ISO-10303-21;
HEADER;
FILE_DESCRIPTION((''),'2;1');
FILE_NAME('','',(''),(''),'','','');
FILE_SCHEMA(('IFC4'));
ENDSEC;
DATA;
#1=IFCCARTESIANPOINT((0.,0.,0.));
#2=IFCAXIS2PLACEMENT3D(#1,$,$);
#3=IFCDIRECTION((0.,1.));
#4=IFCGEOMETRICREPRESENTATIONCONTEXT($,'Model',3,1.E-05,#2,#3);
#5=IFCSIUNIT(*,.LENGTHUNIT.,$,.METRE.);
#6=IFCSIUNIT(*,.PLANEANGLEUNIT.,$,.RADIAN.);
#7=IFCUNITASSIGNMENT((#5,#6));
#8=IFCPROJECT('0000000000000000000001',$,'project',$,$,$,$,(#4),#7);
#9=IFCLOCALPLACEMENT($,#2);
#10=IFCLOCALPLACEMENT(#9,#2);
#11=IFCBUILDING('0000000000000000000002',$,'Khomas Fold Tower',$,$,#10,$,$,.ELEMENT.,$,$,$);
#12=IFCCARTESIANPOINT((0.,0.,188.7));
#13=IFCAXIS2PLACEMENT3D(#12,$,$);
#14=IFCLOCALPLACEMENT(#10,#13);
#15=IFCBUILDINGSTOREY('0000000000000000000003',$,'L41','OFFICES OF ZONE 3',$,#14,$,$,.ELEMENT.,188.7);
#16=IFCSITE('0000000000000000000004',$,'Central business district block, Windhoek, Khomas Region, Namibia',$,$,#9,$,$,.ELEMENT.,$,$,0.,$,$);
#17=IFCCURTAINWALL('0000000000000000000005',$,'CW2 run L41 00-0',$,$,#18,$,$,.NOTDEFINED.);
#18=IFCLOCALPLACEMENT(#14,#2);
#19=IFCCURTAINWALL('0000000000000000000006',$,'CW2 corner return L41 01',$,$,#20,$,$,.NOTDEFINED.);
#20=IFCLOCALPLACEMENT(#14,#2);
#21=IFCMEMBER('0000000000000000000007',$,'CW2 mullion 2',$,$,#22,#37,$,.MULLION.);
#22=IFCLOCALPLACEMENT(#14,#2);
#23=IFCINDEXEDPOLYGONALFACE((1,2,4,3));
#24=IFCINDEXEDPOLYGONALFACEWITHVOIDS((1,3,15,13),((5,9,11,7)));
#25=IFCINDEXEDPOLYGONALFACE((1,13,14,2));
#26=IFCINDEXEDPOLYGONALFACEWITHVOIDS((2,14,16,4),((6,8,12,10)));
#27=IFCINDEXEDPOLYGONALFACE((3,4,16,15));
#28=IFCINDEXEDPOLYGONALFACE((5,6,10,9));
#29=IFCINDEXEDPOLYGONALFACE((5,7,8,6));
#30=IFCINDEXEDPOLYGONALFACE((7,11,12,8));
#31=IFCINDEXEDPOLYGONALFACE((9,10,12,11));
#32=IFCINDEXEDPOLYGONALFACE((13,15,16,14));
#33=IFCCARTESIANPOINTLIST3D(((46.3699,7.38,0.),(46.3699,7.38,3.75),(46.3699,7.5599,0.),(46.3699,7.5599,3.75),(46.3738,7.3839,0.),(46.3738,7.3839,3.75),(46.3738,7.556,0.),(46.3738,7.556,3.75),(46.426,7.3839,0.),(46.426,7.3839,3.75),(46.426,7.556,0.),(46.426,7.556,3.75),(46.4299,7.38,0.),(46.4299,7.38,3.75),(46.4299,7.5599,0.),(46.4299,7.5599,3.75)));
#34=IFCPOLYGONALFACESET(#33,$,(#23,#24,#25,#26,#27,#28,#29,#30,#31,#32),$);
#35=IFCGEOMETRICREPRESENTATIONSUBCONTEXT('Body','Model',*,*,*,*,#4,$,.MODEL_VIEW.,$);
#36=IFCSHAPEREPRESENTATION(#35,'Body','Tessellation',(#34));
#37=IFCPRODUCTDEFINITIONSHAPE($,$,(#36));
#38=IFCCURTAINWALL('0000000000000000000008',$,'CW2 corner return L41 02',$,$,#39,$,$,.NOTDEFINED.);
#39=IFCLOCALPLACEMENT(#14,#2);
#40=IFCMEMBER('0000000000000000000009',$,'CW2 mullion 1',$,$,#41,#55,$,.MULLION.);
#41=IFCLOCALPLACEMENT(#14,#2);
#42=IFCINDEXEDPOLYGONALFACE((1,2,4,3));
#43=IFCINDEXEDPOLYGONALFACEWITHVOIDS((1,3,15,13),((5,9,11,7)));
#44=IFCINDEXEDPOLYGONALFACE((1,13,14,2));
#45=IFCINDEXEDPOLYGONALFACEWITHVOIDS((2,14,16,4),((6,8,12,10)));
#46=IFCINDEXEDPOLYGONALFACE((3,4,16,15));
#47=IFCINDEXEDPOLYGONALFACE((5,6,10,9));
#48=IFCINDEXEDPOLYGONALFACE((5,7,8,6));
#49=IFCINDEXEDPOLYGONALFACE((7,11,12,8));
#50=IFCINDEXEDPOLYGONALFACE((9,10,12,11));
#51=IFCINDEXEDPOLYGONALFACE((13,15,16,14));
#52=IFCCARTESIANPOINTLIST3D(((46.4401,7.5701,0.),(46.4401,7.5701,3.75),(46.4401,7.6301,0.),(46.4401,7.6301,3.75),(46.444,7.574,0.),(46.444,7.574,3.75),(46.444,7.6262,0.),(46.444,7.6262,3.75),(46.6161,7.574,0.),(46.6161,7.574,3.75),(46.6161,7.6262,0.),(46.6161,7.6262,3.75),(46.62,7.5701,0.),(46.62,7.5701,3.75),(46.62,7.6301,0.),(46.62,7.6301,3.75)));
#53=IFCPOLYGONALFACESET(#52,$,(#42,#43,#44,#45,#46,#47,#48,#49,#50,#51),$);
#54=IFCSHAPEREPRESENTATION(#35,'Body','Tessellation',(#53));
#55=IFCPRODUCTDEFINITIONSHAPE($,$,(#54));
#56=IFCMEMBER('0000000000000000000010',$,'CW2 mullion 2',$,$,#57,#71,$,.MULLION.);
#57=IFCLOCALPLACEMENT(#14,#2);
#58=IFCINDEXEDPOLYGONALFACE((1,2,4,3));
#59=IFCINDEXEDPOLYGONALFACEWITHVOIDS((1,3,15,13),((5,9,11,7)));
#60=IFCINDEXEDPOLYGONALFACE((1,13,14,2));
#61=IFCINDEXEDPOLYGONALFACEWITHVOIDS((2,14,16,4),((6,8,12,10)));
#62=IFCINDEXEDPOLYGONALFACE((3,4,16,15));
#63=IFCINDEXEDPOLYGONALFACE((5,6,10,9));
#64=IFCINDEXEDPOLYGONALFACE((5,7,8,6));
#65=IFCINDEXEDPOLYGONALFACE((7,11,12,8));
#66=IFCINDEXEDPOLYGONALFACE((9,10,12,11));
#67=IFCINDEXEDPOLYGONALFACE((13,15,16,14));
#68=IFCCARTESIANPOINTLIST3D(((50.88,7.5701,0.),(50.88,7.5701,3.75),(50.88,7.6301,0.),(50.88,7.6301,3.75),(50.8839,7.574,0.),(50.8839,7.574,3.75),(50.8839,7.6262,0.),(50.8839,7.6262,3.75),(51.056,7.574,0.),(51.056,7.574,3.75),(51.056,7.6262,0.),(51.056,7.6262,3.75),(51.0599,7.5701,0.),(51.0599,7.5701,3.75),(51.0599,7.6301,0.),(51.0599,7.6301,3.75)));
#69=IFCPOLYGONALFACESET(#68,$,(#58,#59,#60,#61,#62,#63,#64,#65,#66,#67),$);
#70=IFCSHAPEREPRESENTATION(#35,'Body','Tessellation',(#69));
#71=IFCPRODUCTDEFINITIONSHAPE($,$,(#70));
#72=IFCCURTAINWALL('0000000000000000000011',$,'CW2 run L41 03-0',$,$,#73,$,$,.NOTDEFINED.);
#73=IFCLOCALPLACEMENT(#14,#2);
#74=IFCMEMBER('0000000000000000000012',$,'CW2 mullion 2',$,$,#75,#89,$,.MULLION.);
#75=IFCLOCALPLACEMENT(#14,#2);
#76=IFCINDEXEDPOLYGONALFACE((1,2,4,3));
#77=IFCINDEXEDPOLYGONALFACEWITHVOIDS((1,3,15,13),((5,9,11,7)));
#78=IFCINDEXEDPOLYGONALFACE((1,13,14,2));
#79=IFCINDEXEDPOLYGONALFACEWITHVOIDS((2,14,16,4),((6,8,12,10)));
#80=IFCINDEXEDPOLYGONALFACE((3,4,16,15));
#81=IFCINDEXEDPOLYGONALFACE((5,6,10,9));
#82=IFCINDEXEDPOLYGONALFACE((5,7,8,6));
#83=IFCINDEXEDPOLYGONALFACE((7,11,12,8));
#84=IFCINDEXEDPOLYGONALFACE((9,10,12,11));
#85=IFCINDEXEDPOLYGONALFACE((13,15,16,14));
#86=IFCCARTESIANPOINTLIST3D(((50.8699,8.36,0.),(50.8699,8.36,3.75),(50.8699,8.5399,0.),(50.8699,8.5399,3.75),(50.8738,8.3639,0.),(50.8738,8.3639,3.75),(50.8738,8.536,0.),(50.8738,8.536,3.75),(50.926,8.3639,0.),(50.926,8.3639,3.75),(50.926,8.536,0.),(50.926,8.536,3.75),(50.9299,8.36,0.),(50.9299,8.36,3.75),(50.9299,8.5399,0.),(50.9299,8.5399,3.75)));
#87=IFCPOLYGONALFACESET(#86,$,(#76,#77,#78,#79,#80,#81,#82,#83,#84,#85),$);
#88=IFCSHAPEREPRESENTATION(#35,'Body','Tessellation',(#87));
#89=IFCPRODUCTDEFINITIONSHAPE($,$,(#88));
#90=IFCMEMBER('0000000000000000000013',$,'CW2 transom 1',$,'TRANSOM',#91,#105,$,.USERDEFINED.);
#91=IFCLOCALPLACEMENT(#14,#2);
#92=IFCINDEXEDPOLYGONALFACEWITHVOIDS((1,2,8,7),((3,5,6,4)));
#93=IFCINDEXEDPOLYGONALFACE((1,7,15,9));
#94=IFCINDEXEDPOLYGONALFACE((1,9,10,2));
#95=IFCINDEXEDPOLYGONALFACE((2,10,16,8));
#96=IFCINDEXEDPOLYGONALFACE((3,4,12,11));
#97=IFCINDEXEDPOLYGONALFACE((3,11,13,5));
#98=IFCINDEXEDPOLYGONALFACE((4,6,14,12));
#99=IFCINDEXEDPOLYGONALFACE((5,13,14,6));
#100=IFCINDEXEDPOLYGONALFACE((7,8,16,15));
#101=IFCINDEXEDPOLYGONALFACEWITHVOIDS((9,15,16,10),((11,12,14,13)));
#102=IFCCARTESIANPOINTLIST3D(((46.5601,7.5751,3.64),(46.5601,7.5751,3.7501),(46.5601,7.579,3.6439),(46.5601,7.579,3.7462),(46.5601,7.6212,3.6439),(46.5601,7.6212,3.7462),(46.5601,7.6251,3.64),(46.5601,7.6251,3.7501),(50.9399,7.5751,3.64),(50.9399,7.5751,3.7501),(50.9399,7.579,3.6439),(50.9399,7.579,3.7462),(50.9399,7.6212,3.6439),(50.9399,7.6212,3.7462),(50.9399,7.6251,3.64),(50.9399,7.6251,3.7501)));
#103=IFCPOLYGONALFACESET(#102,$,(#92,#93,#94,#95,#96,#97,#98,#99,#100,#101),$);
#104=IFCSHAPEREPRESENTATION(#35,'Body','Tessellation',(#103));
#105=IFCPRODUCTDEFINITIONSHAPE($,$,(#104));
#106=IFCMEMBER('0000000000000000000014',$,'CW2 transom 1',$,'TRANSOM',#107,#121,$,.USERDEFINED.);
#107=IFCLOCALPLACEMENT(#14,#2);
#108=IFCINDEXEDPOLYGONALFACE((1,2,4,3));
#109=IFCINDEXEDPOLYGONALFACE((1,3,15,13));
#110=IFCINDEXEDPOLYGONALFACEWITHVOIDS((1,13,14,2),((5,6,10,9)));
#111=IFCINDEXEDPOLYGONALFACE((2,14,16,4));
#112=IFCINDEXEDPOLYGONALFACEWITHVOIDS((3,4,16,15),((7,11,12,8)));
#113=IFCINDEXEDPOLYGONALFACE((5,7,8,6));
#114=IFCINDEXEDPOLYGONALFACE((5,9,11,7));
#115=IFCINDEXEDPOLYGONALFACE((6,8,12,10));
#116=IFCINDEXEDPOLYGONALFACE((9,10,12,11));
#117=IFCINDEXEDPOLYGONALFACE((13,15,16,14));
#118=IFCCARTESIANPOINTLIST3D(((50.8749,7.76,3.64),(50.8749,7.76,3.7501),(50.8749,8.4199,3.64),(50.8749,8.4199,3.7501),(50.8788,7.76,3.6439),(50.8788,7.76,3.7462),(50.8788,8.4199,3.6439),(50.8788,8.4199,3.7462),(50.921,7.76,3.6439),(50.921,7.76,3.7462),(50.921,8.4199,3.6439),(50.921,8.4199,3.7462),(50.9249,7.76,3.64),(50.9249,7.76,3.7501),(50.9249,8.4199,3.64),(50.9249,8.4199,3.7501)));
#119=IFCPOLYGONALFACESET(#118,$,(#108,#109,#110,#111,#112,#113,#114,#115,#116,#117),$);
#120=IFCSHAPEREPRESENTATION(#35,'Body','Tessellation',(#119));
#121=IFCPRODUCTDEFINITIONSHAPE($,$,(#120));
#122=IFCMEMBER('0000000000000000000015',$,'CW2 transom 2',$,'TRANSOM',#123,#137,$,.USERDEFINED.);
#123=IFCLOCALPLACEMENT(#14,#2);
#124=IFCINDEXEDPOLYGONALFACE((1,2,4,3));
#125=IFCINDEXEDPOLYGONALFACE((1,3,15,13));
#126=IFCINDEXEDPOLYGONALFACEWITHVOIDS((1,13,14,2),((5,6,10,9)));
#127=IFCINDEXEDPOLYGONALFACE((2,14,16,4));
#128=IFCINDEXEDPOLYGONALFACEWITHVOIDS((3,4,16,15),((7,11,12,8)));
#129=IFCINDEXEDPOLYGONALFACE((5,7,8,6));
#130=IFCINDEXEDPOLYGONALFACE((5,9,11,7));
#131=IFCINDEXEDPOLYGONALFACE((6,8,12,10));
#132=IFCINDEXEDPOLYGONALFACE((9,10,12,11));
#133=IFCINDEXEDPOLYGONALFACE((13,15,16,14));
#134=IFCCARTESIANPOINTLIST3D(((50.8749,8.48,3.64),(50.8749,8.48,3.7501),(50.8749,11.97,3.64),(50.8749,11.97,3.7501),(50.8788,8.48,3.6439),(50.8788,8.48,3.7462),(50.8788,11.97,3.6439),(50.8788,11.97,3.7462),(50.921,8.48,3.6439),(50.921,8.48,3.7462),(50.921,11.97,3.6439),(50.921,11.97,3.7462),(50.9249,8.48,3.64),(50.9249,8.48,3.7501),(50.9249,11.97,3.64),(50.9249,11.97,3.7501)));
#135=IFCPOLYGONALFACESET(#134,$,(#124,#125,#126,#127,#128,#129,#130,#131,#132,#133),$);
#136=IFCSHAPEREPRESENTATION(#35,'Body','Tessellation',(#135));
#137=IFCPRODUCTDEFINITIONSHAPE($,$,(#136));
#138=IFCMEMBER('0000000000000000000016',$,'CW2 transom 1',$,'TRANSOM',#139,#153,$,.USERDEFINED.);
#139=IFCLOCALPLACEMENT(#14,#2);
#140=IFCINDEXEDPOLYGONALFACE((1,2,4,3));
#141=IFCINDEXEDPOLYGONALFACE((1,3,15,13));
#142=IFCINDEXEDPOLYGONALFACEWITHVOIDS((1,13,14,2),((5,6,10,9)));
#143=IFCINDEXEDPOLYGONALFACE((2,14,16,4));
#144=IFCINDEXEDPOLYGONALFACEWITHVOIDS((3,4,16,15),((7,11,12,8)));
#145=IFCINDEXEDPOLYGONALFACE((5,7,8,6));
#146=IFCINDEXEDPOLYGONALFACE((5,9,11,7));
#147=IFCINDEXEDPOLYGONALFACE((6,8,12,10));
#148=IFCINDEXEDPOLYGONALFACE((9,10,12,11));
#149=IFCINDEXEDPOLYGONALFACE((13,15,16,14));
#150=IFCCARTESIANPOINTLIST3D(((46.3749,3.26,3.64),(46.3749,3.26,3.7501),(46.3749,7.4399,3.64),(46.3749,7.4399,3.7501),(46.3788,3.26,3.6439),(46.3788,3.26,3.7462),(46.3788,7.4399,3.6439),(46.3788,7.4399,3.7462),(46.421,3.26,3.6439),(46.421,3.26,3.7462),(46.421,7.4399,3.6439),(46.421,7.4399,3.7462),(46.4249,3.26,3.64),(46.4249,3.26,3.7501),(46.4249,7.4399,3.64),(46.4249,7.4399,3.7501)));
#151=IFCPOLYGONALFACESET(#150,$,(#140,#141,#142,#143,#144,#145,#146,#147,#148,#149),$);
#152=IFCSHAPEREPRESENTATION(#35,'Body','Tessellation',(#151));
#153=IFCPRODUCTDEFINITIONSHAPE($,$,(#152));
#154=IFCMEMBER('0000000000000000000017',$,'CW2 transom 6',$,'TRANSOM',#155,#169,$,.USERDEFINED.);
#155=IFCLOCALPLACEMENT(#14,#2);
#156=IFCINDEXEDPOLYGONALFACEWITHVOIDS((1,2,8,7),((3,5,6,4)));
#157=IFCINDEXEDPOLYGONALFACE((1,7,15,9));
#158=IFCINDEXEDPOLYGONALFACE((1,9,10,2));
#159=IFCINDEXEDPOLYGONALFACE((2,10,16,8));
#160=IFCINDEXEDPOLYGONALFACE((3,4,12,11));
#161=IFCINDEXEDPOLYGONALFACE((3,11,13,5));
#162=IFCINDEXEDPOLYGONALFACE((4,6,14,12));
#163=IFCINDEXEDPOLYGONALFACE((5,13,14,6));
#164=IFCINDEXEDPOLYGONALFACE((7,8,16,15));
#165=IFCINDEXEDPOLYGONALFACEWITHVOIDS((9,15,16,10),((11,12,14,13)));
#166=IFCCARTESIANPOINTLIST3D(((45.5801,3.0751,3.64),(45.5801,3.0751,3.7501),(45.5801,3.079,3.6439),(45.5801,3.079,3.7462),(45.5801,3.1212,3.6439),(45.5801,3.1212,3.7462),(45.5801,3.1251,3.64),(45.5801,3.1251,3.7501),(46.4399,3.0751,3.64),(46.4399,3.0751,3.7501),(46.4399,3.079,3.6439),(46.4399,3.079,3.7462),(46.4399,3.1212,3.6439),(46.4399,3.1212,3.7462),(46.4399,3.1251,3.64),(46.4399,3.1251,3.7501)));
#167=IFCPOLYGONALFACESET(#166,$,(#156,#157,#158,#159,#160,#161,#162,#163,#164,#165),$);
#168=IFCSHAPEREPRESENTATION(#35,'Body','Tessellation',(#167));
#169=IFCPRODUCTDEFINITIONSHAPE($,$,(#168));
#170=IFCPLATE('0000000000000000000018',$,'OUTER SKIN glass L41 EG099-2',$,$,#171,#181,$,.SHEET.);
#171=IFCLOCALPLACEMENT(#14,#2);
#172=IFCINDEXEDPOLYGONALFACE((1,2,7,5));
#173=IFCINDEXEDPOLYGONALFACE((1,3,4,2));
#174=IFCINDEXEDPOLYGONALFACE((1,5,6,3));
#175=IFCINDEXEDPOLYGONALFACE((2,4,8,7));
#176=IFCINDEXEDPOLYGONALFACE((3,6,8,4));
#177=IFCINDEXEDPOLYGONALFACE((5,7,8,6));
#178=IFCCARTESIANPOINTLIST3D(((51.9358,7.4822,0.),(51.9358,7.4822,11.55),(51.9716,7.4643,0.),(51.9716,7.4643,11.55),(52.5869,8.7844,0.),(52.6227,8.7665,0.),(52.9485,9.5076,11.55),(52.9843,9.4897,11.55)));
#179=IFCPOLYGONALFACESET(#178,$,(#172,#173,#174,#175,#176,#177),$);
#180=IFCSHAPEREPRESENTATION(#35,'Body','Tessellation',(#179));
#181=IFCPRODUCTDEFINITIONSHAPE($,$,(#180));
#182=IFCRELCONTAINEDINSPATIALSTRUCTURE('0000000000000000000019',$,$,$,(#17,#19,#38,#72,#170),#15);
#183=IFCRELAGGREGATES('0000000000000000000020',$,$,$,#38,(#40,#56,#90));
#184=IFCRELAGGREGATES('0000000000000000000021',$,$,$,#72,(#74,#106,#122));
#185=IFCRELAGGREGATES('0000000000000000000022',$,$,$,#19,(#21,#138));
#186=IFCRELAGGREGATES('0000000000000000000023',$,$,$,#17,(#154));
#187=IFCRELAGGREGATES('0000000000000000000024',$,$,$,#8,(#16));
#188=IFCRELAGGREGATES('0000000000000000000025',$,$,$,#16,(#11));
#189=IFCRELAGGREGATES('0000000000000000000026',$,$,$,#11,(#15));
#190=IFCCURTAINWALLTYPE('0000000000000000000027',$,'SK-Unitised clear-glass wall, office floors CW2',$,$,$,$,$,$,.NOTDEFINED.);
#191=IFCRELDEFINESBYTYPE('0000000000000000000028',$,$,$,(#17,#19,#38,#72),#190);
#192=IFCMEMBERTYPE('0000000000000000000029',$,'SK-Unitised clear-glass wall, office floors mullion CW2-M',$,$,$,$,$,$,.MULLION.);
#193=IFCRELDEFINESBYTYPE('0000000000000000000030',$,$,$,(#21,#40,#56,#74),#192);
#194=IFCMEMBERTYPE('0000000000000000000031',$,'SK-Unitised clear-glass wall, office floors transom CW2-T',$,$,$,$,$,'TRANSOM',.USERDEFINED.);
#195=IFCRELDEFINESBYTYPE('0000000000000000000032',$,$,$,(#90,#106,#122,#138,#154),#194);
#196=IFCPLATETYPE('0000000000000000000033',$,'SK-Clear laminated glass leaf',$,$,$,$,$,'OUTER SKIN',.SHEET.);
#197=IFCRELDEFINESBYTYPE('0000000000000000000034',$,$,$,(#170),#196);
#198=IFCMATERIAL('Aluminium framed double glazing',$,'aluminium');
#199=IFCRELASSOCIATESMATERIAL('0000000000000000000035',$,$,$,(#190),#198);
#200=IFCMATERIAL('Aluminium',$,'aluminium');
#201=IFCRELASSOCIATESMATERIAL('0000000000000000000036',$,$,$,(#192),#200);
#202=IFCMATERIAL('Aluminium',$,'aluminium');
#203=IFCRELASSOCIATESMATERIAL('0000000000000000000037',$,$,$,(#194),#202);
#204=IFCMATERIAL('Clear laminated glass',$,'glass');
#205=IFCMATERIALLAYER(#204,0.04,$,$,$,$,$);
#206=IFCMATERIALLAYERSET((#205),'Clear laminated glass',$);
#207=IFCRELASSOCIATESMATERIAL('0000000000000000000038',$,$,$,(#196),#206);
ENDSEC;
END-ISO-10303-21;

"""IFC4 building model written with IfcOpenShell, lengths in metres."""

from ifc_helpers import new_model, si_unit, direction, frame, origin, origin_2d, place, context, subcontext, project, spatial, polyline, hollow_rectangle, outline, extrude, source, transform, mapped, material, layer, layer_set, material_profile, profile_set, type_object, element, aggregate, save


model = new_model("IFC4")

# Units and contexts
model_context = context("Model", 3, precision=1e-05, world=origin(), true_north=direction((0.0, 1.0)))
body_context = subcontext(model_context, "Body", "Model", "MODEL_VIEW")
ifc_project = project(units=[si_unit("LENGTHUNIT", "METRE"), si_unit("PLANEANGLEUNIT", "RADIAN")], contexts=[model_context])

# Site, building, storey
site_placement = place(None, origin())
site = spatial("IfcSite", under=ifc_project, at=site_placement, Name="Central business district block, Windhoek, Khomas Region, Namibia", CompositionType="ELEMENT", RefElevation=0.0)
building_placement = place(site_placement, origin())
building = spatial("IfcBuilding", under=site, at=building_placement, Name="Khomas Fold Tower", CompositionType="ELEMENT")
storey_placement = place(building_placement, frame((0.0, 0.0, 188.7)))
storey = spatial("IfcBuildingStorey", under=building, at=storey_placement, Name="L41", Description="OFFICES OF ZONE 3", CompositionType="ELEMENT", Elevation=188.7)

# Curtain walls, members
ifc_material_1 = material(Name="Aluminium framed double glazing", Category="aluminium")
curtain_wall_type = type_object("IfcCurtainWallType", Name="SK-Unitised clear-glass wall, office floors CW2", PredefinedType="NOTDEFINED", material=ifc_material_1)
curtain_wall_1_placement = place(storey_placement, origin())
curtain_wall_1 = element("IfcCurtainWall", 1, at=curtain_wall_1_placement, inside=storey, type_object=curtain_wall_type, Name="CW2 run L41 00-0", PredefinedType="NOTDEFINED")
ifc_material_2 = material(Name="Aluminium", Category="aluminium")
ifc_material_profile_1 = material_profile(ifc_material_2, hollow_rectangle(XDim=0.0601, YDim=0.1799, WallThickness=0.0039, at=origin_2d()), Name="SK-Unitised clear-glass wall, office floors mullion CW2-M")
ifc_profile_set_1 = profile_set([ifc_material_profile_1], Name="Aluminium")
member_type_1 = type_object("IfcMemberType", Name="SK-Unitised clear-glass wall, office floors mullion CW2-M", PredefinedType="MULLION", material=ifc_profile_set_1)
shared_shape_1 = source(origin(), body_context, "Body", "SweptSolid", [
    extrude(hollow_rectangle(XDim=0.0601, YDim=0.1799, WallThickness=0.0039, at=origin_2d()), origin(), (0.0, 0.0, 1.0), 3.75),
])
curtain_wall_2_placement = place(storey_placement, origin())
curtain_wall_2 = element("IfcCurtainWall", 2, at=curtain_wall_2_placement, inside=storey, type_object=curtain_wall_type, Name="CW2 corner return L41 01", PredefinedType="NOTDEFINED")
member_1_placement = place(storey_placement, frame((46.3999, 7.47, 0.0), z_axis=(0.0, 0.0, 1.0), x_axis=(-1.0, 0.0, 0.0)))
member_1 = element("IfcMember", 3, at=member_1_placement, type_object=member_type_1, Name="CW2 mullion 2", PredefinedType="MULLION", context=body_context, shape_type="MappedRepresentation", body=[
    mapped(shared_shape_1, transform((0.0, 0.0, 0.0))),
])
curtain_wall_3_placement = place(storey_placement, origin())
curtain_wall_3 = element("IfcCurtainWall", 4, at=curtain_wall_3_placement, inside=storey, type_object=curtain_wall_type, Name="CW2 corner return L41 02", PredefinedType="NOTDEFINED")
member_2_placement = place(storey_placement, frame((46.53, 7.6001, 0.0), z_axis=(0.0, 0.0, 1.0), x_axis=(0.0, 1.0, 0.0)))
member_2 = element("IfcMember", 5, at=member_2_placement, type_object=member_type_1, Name="CW2 mullion 1", PredefinedType="MULLION", context=body_context, shape_type="MappedRepresentation", body=[
    mapped(shared_shape_1, transform((0.0, 0.0, 0.0))),
])
member_3_placement = place(storey_placement, frame((50.97, 7.6001, 0.0), z_axis=(0.0, 0.0, 1.0), x_axis=(0.0, 1.0, 0.0)))
member_3 = element("IfcMember", 6, at=member_3_placement, type_object=member_type_1, Name="CW2 mullion 2", PredefinedType="MULLION", context=body_context, shape_type="MappedRepresentation", body=[
    mapped(shared_shape_1, transform((0.0, 0.0, 0.0))),
])

# Curtain wall, member
curtain_wall_4_placement = place(storey_placement, origin())
curtain_wall_4 = element("IfcCurtainWall", 7, at=curtain_wall_4_placement, inside=storey, type_object=curtain_wall_type, Name="CW2 run L41 03-0", PredefinedType="NOTDEFINED")
member_4_placement = place(storey_placement, frame((50.8999, 8.45, 0.0), z_axis=(0.0, 0.0, 1.0), x_axis=(-1.0, 0.0, 0.0)))
member_4 = element("IfcMember", 8, at=member_4_placement, type_object=member_type_1, Name="CW2 mullion 2", PredefinedType="MULLION", context=body_context, shape_type="MappedRepresentation", body=[
    mapped(shared_shape_1, transform((0.0, 0.0, 0.0))),
])

# Members
ifc_material_3 = material(Name="Aluminium", Category="aluminium")
ifc_material_profile_2 = material_profile(ifc_material_3, hollow_rectangle(XDim=0.05, YDim=0.1101, WallThickness=0.0039, at=origin_2d()), Name="SK-Unitised clear-glass wall, office floors transom CW2-T")
ifc_profile_set_2 = profile_set([ifc_material_profile_2], Name="Aluminium")
member_type_2 = type_object("IfcMemberType", Name="SK-Unitised clear-glass wall, office floors transom CW2-T", ElementType="TRANSOM", PredefinedType="USERDEFINED", material=ifc_profile_set_2)
shared_shape_2 = source(origin(), body_context, "Body", "SweptSolid", [
    extrude(hollow_rectangle(XDim=0.05, YDim=0.1101, WallThickness=0.0039, at=origin_2d()), origin(), (0.0, 0.0, 1.0), 4.3799),
])
member_5_placement = place(storey_placement, frame((46.5601, 7.6001, 3.6951), z_axis=(1.0, 0.0, 0.0), x_axis=(0.0, 1.0, 0.0)))
member_5 = element("IfcMember", 9, at=member_5_placement, type_object=member_type_2, Name="CW2 transom 1", ObjectType="TRANSOM", PredefinedType="USERDEFINED", context=body_context, shape_type="MappedRepresentation", body=[
    mapped(shared_shape_2, transform((0.0, 0.0, 0.0))),
])
shared_shape_3 = source(origin(), body_context, "Body", "SweptSolid", [
    extrude(hollow_rectangle(XDim=0.05, YDim=0.1101, WallThickness=0.0039, at=origin_2d()), origin(), (0.0, 0.0, 1.0), 0.6599),
])
member_6_placement = place(storey_placement, frame((50.8999, 7.76, 3.6951), z_axis=(0.0, 1.0, 0.0), x_axis=(-1.0, 0.0, 0.0)))
member_6 = element("IfcMember", 10, at=member_6_placement, type_object=member_type_2, Name="CW2 transom 1", ObjectType="TRANSOM", PredefinedType="USERDEFINED", context=body_context, shape_type="MappedRepresentation", body=[
    mapped(shared_shape_3, transform((0.0, 0.0, 0.0))),
])
shared_shape_4 = source(origin(), body_context, "Body", "SweptSolid", [
    extrude(hollow_rectangle(XDim=0.05, YDim=0.1101, WallThickness=0.0039, at=origin_2d()), origin(), (0.0, 0.0, 1.0), 3.49),
])
member_7_placement = place(storey_placement, frame((50.8999, 8.48, 3.6951), z_axis=(0.0, 1.0, 0.0), x_axis=(-1.0, 0.0, 0.0)))
member_7 = element("IfcMember", 11, at=member_7_placement, type_object=member_type_2, Name="CW2 transom 2", ObjectType="TRANSOM", PredefinedType="USERDEFINED", context=body_context, shape_type="MappedRepresentation", body=[
    mapped(shared_shape_4, transform((0.0, 0.0, 0.0))),
])
shared_shape_5 = source(origin(), body_context, "Body", "SweptSolid", [
    extrude(hollow_rectangle(XDim=0.05, YDim=0.1101, WallThickness=0.0039, at=origin_2d()), origin(), (0.0, 0.0, 1.0), 4.1799),
])
member_8_placement = place(storey_placement, frame((46.3999, 3.26, 3.6951), z_axis=(0.0, 1.0, 0.0), x_axis=(-1.0, 0.0, 0.0)))
member_8 = element("IfcMember", 12, at=member_8_placement, type_object=member_type_2, Name="CW2 transom 1", ObjectType="TRANSOM", PredefinedType="USERDEFINED", context=body_context, shape_type="MappedRepresentation", body=[
    mapped(shared_shape_5, transform((0.0, 0.0, 0.0))),
])
shared_shape_6 = source(origin(), body_context, "Body", "SweptSolid", [
    extrude(hollow_rectangle(XDim=0.05, YDim=0.1101, WallThickness=0.0039, at=origin_2d()), origin(), (0.0, 0.0, 1.0), 0.8599),
])
member_9_placement = place(storey_placement, frame((45.5801, 3.1001, 3.6951), z_axis=(1.0, 0.0, 0.0), x_axis=(0.0, 1.0, 0.0)))
member_9 = element("IfcMember", 13, at=member_9_placement, type_object=member_type_2, Name="CW2 transom 6", ObjectType="TRANSOM", PredefinedType="USERDEFINED", context=body_context, shape_type="MappedRepresentation", body=[
    mapped(shared_shape_6, transform((0.0, 0.0, 0.0))),
])

# Plate
ifc_material_4 = material(Name="Clear laminated glass", Category="glass")
ifc_layer_1 = layer(ifc_material_4, 0.04)
ifc_layer_set_1 = layer_set([ifc_layer_1], Name="Clear laminated glass")
plate_type_1 = type_object("IfcPlateType", Name="SK-Clear laminated glass leaf", ElementType="OUTER SKIN", PredefinedType="SHEET", material=ifc_layer_set_1)
plate_1_placement = place(storey_placement, frame((52.9485, 9.5076, 11.55), z_axis=(-0.894427, 0.447214, 0.0), x_axis=(-0.031228, -0.062457, -0.997559)))
element("IfcPlate", 14, at=plate_1_placement, inside=storey, type_object=plate_type_1, Name="OUTER SKIN glass L41 EG099-2", PredefinedType="SHEET", context=body_context, shape_type="SweptSolid", body=[
    extrude(outline(polyline([(0.0, 0.0), (11.5783, 0.0), (11.68, 1.4524), (0.1581, 2.2589), (0.0, 0.0)])), origin(), (0.0, 0.0, -1.0), 0.04),
])
aggregate(curtain_wall_3, [member_2, member_3, member_5])
aggregate(curtain_wall_4, [member_4, member_6, member_7])
aggregate(curtain_wall_2, [member_1, member_8])
aggregate(curtain_wall_1, [member_9])

save(model, "model.ifc")
